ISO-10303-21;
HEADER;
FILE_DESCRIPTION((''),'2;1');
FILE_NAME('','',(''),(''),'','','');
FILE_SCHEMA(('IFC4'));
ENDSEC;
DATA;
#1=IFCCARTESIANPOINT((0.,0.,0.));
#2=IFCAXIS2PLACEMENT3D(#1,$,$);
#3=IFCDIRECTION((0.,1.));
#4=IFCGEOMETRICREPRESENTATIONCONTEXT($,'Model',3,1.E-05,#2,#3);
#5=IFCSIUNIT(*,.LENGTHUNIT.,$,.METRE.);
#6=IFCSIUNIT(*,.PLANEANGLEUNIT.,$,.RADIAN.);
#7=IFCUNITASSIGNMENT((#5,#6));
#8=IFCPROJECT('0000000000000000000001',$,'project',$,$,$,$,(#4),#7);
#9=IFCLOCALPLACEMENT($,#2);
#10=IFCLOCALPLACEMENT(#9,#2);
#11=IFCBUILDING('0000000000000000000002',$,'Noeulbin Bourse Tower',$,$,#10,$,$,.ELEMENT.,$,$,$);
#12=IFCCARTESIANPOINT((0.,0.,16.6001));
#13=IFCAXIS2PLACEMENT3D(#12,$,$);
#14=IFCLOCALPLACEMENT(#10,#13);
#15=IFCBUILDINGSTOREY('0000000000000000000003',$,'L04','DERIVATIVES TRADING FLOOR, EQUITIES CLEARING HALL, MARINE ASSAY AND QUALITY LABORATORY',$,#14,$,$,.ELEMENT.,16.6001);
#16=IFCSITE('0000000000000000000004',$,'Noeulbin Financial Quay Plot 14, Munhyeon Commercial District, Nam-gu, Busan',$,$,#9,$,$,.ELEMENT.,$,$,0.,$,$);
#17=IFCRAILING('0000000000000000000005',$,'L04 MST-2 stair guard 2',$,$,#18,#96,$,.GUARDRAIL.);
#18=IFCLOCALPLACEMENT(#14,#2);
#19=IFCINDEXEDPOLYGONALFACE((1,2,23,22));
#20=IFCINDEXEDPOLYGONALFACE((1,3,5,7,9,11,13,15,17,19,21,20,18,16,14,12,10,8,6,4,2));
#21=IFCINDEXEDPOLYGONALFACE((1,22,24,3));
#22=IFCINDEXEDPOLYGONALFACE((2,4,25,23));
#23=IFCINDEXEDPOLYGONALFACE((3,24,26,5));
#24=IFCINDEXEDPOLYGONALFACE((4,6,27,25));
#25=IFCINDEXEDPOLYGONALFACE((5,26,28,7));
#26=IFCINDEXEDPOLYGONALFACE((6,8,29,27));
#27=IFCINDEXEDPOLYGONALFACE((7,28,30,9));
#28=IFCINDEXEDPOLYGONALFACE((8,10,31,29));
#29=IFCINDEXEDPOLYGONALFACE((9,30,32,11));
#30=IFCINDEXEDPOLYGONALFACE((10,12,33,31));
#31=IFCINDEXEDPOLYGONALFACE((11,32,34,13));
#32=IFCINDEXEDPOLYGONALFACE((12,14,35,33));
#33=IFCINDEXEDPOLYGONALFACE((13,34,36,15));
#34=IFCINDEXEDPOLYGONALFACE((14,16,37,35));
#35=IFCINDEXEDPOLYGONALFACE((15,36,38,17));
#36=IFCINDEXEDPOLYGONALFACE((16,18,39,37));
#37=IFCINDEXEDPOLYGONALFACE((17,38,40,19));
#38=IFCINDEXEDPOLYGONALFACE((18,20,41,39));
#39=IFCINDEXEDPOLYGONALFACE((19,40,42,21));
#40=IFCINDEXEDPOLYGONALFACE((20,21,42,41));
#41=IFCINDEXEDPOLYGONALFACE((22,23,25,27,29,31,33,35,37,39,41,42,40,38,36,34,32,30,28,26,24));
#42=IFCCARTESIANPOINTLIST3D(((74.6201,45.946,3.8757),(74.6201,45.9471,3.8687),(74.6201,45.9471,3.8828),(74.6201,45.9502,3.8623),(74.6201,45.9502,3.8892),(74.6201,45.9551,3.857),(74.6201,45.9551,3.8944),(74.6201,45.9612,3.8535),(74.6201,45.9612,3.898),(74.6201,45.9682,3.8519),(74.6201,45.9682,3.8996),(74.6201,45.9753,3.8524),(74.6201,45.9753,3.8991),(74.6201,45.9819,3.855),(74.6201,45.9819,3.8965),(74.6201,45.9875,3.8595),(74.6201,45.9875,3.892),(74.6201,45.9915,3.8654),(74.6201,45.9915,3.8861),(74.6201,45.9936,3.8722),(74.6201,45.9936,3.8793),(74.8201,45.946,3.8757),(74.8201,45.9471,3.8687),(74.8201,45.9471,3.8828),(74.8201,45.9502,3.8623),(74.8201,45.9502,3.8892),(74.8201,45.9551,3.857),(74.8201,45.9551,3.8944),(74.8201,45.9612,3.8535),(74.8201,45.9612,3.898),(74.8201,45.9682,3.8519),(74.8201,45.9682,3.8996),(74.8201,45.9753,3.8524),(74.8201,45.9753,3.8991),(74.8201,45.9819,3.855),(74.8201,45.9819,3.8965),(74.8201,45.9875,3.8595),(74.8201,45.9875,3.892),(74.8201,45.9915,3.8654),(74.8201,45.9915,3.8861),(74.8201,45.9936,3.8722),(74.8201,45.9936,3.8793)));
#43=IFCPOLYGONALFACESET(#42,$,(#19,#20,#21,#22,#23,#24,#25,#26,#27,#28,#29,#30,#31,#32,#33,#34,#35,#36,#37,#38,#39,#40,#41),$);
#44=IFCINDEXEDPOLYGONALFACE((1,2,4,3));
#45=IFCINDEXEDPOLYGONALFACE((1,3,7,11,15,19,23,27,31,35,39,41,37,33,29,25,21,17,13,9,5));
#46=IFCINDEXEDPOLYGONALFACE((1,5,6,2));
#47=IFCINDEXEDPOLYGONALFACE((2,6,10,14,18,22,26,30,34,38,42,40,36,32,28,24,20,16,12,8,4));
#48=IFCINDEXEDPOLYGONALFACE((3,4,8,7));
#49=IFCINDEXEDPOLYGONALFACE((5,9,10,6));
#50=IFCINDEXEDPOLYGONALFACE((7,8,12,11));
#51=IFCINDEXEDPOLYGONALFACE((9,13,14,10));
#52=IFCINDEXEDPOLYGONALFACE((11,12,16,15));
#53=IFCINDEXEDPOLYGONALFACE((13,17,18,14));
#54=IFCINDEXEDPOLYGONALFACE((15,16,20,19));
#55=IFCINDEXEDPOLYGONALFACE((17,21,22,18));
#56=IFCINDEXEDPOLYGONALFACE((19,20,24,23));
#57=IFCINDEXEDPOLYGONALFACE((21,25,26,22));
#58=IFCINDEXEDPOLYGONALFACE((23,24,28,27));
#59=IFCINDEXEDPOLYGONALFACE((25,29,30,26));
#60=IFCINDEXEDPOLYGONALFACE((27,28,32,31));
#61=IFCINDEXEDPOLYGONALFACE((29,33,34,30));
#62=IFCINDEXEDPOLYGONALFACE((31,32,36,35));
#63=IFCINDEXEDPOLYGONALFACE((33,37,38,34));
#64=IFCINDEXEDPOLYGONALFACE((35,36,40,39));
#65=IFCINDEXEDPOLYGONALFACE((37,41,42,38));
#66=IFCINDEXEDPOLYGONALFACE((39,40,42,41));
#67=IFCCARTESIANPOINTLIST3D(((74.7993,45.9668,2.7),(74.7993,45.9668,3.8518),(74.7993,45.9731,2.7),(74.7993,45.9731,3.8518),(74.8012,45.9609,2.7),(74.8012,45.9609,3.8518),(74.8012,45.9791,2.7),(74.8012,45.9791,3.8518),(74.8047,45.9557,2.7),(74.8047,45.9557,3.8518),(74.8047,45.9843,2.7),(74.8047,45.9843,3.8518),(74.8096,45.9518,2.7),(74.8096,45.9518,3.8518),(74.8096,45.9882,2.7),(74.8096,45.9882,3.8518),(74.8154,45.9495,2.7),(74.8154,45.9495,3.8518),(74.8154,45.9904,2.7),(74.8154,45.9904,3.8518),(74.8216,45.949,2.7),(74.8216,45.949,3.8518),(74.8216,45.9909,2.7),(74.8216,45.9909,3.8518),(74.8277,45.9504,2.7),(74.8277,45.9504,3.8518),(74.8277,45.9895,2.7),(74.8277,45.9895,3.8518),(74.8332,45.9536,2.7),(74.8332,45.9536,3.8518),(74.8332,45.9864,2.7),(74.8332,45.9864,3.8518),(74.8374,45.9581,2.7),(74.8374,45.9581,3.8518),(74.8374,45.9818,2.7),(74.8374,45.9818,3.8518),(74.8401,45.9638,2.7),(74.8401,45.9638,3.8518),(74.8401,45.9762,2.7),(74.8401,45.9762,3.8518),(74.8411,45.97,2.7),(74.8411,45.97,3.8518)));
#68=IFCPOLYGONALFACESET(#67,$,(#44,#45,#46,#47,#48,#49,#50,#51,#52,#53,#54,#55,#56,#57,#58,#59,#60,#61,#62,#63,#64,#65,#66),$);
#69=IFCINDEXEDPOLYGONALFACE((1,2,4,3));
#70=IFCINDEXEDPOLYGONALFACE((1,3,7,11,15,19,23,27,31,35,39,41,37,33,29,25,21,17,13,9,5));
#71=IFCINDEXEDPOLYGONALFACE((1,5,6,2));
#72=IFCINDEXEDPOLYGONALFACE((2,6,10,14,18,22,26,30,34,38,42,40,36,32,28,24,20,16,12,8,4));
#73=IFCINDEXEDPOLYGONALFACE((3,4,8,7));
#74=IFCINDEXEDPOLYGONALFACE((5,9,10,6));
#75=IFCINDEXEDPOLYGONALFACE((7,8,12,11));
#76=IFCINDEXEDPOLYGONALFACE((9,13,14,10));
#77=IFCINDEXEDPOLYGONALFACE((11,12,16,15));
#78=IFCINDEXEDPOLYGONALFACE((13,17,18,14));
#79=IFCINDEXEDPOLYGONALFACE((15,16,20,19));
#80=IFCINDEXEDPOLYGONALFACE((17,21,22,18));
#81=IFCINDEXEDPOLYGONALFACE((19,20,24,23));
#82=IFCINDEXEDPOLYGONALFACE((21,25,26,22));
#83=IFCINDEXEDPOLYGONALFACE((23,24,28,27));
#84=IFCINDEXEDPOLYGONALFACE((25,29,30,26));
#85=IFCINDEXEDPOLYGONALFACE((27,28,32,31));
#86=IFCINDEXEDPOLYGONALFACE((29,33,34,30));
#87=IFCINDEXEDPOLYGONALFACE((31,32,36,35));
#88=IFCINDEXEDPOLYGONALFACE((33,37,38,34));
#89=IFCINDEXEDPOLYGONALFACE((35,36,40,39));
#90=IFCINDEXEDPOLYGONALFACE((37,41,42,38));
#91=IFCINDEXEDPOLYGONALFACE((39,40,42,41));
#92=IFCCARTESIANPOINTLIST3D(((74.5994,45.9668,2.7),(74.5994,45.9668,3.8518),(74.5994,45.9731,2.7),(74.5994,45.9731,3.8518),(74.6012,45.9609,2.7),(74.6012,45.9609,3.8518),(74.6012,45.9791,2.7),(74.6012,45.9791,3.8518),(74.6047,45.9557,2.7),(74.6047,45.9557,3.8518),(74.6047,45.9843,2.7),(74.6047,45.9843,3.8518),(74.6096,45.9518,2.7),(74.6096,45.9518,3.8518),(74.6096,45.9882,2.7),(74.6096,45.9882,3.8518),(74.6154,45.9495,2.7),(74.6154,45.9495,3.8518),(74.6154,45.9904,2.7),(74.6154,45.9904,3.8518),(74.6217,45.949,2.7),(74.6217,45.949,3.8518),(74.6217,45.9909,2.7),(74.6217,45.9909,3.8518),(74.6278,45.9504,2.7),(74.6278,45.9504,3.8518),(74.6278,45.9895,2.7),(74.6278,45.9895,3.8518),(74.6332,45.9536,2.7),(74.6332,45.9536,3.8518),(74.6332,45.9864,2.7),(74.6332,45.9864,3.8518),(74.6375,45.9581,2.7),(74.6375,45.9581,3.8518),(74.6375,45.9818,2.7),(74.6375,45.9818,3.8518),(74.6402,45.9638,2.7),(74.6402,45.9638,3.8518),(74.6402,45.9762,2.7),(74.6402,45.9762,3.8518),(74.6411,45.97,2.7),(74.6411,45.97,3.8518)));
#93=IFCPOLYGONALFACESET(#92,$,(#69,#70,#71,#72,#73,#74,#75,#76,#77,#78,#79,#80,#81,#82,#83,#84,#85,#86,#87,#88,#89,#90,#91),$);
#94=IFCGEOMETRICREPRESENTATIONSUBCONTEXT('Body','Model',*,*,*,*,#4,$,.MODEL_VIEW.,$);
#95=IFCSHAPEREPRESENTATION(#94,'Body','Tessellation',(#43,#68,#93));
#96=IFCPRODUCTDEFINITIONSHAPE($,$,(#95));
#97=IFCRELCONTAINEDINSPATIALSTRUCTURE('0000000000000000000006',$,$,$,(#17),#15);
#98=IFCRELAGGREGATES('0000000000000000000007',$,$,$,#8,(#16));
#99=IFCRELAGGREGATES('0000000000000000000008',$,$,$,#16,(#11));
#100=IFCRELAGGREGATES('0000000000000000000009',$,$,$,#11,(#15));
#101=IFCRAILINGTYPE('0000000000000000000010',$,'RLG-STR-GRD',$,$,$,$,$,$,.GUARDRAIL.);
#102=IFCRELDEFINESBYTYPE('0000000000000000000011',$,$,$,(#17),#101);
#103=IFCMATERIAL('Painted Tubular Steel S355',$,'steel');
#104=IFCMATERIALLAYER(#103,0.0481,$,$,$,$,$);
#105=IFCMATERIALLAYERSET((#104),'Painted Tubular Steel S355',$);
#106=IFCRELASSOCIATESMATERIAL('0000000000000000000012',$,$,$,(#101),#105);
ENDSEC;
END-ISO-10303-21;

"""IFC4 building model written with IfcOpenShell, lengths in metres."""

from ifc_helpers import new_model, si_unit, direction, frame, origin, origin_2d, place, context, subcontext, project, spatial, circle, extrude, material, layer, layer_set, type_object, element, save


model = new_model("IFC4")

# Units and contexts
model_context = context("Model", 3, precision=1e-05, world=origin(), true_north=direction((0.0, 1.0)))
body_context = subcontext(model_context, "Body", "Model", "MODEL_VIEW")
ifc_project = project(units=[si_unit("LENGTHUNIT", "METRE"), si_unit("PLANEANGLEUNIT", "RADIAN")], contexts=[model_context])

# Site, building, storey
site_placement = place(None, origin())
site = spatial("IfcSite", under=ifc_project, at=site_placement, Name="Noeulbin Financial Quay Plot 14, Munhyeon Commercial District, Nam-gu, Busan", CompositionType="ELEMENT", RefElevation=0.0)
building_placement = place(site_placement, origin())
building = spatial("IfcBuilding", under=site, at=building_placement, Name="Noeulbin Bourse Tower", CompositionType="ELEMENT")
storey_placement = place(building_placement, frame((0.0, 0.0, 16.6001)))
storey = spatial("IfcBuildingStorey", under=building, at=storey_placement, Name="L04", Description="DERIVATIVES TRADING FLOOR, EQUITIES CLEARING HALL, MARINE ASSAY AND QUALITY LABORATORY", CompositionType="ELEMENT", Elevation=16.6001)

# Railing
ifc_material_1 = material(Name="Painted Tubular Steel S355", Category="steel")
ifc_layer_1 = layer(ifc_material_1, 0.0481)
ifc_layer_set_1 = layer_set([ifc_layer_1], Name="Painted Tubular Steel S355")
railing_type_1 = type_object("IfcRailingType", Name="RLG-STR-GRD", PredefinedType="GUARDRAIL", material=ifc_layer_set_1)
railing_1_placement = place(storey_placement, frame((74.8201, 45.97, 2.7)))
element("IfcRailing", 1, at=railing_1_placement, inside=storey, type_object=railing_type_1, Name="L04 MST-2 stair guard 2", PredefinedType="GUARDRAIL", context=body_context, shape_type="SweptSolid", body=[
    extrude(circle(Radius=0.0239, at=origin_2d()), frame((0.0, 0.0, 1.1758), z_axis=(-1.0, 0.0, 0.0), x_axis=(0.0, -1.0, 0.0)), (0.0, 0.0, 1.0), 0.2),
    extrude(circle(Radius=0.021, at=origin_2d()), origin(), (0.0, 0.0, 1.0), 1.1519),
    extrude(circle(Radius=0.021, at=origin_2d()), frame((-0.2, 0.0, 0.0)), (0.0, 0.0, 1.0), 1.1519),
])

save(model, "model.ifc")
